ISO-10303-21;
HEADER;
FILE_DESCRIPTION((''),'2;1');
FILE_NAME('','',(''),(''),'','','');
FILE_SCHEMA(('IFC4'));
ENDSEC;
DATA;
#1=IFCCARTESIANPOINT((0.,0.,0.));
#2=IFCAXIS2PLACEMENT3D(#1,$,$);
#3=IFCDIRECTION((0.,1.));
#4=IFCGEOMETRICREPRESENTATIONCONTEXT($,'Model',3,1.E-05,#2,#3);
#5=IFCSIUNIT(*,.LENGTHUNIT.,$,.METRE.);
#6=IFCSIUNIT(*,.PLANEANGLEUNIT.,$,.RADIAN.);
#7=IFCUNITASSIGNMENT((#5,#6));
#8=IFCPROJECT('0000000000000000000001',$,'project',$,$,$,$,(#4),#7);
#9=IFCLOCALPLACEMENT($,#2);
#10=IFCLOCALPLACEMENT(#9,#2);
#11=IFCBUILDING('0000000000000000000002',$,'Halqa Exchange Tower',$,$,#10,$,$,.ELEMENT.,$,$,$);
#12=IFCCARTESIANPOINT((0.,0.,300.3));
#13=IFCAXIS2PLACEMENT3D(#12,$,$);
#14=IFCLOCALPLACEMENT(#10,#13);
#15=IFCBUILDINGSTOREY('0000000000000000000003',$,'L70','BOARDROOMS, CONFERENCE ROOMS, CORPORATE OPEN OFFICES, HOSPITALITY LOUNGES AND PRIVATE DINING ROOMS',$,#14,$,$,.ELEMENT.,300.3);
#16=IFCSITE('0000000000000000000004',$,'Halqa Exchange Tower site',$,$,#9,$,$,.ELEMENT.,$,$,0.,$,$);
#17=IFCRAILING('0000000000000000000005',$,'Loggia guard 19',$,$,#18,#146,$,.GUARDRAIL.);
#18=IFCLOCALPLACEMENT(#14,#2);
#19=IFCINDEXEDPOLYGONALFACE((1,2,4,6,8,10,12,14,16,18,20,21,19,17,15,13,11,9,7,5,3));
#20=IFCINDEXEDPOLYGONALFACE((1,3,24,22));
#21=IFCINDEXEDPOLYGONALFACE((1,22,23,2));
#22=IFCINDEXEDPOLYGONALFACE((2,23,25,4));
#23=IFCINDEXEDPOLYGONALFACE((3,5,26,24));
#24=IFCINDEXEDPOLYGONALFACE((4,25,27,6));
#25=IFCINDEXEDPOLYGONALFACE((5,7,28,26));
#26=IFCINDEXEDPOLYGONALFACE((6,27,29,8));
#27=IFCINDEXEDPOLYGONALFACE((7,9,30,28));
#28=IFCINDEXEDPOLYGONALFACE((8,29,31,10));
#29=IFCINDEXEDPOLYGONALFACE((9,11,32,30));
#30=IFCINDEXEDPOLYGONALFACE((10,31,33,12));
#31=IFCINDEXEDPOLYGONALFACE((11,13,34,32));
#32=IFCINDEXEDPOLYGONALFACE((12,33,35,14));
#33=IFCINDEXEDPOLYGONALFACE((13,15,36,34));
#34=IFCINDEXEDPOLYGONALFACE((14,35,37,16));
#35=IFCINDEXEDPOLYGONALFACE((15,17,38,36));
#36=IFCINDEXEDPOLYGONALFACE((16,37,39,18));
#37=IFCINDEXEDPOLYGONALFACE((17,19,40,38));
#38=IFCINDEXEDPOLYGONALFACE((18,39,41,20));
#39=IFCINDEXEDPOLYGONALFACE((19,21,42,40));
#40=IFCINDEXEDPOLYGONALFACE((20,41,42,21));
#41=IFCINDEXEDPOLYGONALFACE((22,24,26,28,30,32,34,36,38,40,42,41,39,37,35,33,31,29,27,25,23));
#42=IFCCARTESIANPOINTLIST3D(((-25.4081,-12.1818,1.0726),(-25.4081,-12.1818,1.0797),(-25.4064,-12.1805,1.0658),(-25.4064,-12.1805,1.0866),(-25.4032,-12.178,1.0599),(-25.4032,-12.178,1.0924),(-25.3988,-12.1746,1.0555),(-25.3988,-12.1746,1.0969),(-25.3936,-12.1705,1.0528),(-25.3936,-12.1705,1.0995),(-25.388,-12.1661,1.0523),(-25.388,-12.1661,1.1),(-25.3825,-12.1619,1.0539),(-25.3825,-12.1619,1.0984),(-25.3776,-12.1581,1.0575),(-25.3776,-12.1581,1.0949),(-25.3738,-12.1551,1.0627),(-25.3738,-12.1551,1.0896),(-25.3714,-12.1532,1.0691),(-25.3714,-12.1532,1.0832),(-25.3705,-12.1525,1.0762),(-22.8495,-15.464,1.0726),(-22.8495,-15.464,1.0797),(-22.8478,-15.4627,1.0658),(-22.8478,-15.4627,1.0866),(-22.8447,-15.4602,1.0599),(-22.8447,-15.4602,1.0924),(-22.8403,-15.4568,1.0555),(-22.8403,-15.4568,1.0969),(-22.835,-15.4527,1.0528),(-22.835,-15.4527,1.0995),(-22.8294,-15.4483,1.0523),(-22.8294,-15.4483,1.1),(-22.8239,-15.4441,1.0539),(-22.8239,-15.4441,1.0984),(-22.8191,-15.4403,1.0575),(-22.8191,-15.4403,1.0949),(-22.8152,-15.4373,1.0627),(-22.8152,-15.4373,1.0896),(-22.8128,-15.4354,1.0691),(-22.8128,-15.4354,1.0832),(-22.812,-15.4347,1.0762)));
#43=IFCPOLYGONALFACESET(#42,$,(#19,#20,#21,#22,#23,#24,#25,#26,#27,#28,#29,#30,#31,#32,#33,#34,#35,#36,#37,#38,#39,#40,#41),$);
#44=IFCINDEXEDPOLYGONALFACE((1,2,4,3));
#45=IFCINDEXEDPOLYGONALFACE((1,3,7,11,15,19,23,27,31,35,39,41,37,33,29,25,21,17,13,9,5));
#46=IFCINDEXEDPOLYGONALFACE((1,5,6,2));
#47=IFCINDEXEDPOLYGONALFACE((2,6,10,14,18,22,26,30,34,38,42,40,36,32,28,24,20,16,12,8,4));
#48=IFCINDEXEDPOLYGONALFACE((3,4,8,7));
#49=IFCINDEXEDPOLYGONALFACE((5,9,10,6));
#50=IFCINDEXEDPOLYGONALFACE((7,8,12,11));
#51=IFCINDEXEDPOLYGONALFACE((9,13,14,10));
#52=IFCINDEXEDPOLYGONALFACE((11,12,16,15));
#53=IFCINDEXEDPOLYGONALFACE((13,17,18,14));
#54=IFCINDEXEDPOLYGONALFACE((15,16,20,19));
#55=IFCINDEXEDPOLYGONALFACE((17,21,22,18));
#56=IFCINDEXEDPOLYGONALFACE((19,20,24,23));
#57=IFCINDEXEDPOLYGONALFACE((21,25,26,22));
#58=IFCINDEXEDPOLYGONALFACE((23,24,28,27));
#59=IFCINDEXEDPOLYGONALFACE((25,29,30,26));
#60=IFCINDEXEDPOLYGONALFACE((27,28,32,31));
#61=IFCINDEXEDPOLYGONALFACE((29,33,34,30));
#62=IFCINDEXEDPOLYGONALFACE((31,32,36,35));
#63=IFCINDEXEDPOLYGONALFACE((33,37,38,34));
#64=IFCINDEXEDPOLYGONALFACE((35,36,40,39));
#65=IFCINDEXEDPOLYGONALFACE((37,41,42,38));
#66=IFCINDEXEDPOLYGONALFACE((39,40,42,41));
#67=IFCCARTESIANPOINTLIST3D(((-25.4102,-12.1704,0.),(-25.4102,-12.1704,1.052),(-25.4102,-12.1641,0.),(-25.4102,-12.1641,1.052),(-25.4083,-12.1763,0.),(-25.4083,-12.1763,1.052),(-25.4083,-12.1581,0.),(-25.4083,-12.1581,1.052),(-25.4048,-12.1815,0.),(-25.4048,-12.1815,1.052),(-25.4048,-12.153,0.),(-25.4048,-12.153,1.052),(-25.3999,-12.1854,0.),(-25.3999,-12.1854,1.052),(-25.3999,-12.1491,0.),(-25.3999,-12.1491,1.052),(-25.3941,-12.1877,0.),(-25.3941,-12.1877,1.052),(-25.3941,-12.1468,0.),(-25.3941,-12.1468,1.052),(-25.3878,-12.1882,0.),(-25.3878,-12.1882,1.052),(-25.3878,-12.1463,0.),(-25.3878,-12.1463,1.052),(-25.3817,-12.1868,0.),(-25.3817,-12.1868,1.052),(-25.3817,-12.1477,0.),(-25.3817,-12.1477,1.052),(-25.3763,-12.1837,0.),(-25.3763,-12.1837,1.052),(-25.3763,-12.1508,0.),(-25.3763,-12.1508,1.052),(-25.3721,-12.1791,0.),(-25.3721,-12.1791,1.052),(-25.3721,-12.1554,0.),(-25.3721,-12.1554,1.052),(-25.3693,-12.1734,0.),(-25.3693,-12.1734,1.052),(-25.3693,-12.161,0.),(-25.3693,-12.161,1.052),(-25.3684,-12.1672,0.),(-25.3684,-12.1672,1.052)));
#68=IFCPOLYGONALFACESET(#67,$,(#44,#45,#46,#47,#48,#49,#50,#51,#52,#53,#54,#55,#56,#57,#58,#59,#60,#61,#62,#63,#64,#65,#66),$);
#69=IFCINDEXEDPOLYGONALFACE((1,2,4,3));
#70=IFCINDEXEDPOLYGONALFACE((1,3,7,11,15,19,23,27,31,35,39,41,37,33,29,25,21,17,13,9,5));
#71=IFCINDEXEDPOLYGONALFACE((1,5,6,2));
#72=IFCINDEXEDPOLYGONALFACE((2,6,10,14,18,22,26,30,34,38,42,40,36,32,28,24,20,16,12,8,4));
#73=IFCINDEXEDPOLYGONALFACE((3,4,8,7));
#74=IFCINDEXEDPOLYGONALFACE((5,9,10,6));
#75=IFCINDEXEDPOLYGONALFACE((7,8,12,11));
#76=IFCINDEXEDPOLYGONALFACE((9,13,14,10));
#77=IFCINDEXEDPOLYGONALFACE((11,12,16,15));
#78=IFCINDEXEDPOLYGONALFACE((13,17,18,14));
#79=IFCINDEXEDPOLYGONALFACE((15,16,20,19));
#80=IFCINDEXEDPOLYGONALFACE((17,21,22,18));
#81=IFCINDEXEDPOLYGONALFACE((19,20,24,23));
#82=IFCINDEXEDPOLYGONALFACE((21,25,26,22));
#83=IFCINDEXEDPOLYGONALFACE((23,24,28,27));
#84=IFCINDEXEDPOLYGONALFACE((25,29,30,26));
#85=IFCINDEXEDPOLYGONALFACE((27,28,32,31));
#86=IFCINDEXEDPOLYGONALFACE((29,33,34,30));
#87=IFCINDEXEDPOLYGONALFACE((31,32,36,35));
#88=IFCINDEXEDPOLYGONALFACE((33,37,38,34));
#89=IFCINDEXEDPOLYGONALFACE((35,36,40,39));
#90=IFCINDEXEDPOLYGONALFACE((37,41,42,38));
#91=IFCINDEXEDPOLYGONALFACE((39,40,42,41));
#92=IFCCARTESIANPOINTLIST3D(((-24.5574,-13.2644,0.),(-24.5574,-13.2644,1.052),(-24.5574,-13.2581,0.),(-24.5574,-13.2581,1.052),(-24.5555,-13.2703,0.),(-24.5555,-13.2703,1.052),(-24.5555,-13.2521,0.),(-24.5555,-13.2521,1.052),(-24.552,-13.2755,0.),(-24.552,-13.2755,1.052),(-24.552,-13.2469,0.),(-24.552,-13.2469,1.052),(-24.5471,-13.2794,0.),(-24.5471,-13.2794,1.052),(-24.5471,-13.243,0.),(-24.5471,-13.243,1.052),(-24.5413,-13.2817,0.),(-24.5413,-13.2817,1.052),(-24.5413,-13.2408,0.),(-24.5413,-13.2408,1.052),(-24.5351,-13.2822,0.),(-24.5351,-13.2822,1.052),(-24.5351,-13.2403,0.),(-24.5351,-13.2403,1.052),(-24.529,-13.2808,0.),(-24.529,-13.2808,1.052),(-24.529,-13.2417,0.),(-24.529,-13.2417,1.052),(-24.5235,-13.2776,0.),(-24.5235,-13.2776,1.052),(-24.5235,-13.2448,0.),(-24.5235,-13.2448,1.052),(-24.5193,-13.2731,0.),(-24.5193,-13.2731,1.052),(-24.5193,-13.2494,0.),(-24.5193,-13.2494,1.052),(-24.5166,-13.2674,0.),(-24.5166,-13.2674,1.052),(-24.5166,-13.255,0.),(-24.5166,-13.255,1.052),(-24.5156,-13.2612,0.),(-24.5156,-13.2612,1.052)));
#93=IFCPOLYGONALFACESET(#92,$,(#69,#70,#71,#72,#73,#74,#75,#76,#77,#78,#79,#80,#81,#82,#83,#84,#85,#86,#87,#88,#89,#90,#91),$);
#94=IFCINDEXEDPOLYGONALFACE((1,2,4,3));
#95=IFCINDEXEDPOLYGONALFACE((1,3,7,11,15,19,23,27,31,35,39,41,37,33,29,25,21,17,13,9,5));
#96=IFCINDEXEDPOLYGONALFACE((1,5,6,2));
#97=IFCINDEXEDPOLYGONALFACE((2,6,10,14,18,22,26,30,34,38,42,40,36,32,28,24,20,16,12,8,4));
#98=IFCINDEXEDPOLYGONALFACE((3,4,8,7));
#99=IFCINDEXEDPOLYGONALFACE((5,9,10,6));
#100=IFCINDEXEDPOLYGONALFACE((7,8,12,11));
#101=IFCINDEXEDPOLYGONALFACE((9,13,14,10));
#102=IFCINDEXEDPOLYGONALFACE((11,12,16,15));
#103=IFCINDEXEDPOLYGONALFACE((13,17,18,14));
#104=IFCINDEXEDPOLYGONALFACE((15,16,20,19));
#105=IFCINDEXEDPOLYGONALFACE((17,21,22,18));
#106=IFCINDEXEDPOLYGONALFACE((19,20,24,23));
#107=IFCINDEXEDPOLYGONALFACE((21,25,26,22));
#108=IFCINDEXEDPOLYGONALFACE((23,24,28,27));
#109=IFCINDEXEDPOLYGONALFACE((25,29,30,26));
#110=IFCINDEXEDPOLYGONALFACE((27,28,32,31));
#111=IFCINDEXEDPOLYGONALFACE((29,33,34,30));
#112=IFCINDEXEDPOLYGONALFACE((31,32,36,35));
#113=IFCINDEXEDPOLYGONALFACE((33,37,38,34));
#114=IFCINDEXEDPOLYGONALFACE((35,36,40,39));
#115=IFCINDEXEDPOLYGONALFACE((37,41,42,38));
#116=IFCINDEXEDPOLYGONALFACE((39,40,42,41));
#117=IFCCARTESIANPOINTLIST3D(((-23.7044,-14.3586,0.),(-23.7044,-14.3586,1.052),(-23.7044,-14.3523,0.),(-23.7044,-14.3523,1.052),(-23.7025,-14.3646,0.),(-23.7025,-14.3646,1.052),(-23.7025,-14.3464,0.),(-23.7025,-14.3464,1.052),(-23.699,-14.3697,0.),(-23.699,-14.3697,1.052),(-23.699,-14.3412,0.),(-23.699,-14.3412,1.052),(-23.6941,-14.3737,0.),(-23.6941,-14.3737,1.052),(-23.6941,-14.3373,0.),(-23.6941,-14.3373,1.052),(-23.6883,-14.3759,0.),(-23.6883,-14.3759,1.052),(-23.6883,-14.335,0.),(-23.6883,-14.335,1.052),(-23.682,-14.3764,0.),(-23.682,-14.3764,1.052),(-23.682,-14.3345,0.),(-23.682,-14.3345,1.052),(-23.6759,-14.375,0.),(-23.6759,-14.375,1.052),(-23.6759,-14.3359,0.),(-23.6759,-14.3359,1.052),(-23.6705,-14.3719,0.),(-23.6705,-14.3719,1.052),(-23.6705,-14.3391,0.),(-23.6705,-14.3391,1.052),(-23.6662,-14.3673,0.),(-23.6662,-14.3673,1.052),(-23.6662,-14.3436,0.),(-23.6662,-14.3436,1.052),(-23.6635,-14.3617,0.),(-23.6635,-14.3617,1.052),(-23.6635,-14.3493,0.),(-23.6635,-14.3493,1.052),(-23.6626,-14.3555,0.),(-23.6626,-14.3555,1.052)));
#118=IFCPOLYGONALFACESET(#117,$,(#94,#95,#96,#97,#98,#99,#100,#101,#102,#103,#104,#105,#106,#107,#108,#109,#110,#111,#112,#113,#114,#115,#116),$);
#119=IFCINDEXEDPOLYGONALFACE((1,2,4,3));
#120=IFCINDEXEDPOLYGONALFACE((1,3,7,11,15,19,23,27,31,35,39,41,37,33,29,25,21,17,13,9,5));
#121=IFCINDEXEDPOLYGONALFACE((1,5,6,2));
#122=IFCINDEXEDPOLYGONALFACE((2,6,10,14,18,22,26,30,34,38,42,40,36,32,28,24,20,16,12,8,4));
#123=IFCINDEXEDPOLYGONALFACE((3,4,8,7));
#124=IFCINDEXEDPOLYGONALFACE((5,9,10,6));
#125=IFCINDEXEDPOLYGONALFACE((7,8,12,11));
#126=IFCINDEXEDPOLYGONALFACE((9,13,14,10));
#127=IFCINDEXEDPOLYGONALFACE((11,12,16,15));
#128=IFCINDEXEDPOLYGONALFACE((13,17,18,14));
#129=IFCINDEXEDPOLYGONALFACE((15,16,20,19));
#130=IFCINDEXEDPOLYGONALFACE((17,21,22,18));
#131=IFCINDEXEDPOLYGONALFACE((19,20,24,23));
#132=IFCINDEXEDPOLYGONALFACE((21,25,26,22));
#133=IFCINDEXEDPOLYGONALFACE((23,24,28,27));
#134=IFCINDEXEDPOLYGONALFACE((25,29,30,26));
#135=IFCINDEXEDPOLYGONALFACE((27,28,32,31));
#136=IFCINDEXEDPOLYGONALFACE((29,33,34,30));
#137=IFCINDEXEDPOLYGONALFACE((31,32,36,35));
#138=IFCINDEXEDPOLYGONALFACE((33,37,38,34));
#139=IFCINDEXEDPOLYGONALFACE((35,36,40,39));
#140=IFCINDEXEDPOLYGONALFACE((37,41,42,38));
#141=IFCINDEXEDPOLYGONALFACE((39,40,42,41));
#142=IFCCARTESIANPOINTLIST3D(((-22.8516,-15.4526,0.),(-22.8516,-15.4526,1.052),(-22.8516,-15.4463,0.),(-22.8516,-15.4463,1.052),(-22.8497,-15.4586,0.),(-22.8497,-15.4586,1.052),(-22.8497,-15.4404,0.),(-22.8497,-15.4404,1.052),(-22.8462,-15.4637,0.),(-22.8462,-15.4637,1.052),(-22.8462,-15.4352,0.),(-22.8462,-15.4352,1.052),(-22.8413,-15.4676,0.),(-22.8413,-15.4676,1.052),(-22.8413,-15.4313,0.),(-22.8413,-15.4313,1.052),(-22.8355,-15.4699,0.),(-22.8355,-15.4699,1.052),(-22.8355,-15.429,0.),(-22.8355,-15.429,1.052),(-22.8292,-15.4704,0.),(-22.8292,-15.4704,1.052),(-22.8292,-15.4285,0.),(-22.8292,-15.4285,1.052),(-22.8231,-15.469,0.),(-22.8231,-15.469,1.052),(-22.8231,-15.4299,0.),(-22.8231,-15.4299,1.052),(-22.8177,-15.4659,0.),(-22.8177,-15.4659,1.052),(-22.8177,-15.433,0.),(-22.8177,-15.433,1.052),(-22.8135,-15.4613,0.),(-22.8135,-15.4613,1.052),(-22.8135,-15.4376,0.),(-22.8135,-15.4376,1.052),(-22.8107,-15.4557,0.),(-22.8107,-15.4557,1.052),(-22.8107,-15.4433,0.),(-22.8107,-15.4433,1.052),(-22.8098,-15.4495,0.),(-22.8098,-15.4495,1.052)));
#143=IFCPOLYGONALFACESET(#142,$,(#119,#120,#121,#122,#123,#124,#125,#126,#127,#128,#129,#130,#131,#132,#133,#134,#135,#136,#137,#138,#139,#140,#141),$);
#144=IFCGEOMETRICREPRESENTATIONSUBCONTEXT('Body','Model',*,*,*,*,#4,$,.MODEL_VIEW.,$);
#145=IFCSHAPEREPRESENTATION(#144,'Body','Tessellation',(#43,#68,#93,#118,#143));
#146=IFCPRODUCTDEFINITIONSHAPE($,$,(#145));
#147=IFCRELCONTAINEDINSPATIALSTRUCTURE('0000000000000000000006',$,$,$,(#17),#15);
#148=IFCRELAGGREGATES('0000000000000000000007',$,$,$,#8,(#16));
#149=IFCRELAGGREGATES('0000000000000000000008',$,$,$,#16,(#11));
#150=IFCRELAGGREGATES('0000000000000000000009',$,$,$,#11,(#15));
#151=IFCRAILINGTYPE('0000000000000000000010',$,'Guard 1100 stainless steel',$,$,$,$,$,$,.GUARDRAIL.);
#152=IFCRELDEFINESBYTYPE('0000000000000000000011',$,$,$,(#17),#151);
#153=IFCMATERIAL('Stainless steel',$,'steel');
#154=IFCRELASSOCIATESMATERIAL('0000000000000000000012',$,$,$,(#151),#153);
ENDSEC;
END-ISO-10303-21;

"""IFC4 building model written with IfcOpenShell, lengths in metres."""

from ifc_helpers import new_model, si_unit, direction, frame, origin, origin_2d, place, context, subcontext, project, spatial, circle, extrude, material, type_object, element, save


model = new_model("IFC4")

# Units and contexts
model_context = context("Model", 3, precision=1e-05, world=origin(), true_north=direction((0.0, 1.0)))
body_context = subcontext(model_context, "Body", "Model", "MODEL_VIEW")
ifc_project = project(units=[si_unit("LENGTHUNIT", "METRE"), si_unit("PLANEANGLEUNIT", "RADIAN")], contexts=[model_context])

# Site, building, storey
site_placement = place(None, origin())
site = spatial("IfcSite", under=ifc_project, at=site_placement, Name="Halqa Exchange Tower site", CompositionType="ELEMENT", RefElevation=0.0)
building_placement = place(site_placement, origin())
building = spatial("IfcBuilding", under=site, at=building_placement, Name="Halqa Exchange Tower", CompositionType="ELEMENT")
storey_placement = place(building_placement, frame((0.0, 0.0, 300.3)))
storey = spatial("IfcBuildingStorey", under=building, at=storey_placement, Name="L70", Description="BOARDROOMS, CONFERENCE ROOMS, CORPORATE OPEN OFFICES, HOSPITALITY LOUNGES AND PRIVATE DINING ROOMS", CompositionType="ELEMENT", Elevation=300.3)

# Railing
ifc_material_1 = material(Name="Stainless steel", Category="steel")
railing_type = type_object("IfcRailingType", Name="Guard 1100 stainless steel", PredefinedType="GUARDRAIL", material=ifc_material_1)
railing_1_placement = place(storey_placement, frame((-25.3894, -12.1672, 0.0)))
element("IfcRailing", 1, at=railing_1_placement, inside=storey, type_object=railing_type, Name="Loggia guard 19", PredefinedType="GUARDRAIL", context=body_context, shape_type="SweptSolid", body=[
    extrude(circle(Radius=0.0239, at=origin_2d()), frame((0.0, 0.0, 1.0762), z_axis=(0.614801, -0.788682, 0.0), x_axis=(0.788682, 0.614801, 0.0)), (0.0, 0.0, 1.0), 4.1616),
    extrude(circle(Radius=0.021, at=origin_2d()), origin(), (0.0, 0.0, 1.0), 1.052),
    extrude(circle(Radius=0.021, at=origin_2d()), frame((0.8528, -1.094, 0.0)), (0.0, 0.0, 1.0), 1.052),
    extrude(circle(Radius=0.021, at=origin_2d()), frame((1.7058, -2.1882, 0.0)), (0.0, 0.0, 1.0), 1.052),
    extrude(circle(Radius=0.021, at=origin_2d()), frame((2.5586, -3.2822, 0.0)), (0.0, 0.0, 1.0), 1.052),
])

save(model, "model.ifc")
